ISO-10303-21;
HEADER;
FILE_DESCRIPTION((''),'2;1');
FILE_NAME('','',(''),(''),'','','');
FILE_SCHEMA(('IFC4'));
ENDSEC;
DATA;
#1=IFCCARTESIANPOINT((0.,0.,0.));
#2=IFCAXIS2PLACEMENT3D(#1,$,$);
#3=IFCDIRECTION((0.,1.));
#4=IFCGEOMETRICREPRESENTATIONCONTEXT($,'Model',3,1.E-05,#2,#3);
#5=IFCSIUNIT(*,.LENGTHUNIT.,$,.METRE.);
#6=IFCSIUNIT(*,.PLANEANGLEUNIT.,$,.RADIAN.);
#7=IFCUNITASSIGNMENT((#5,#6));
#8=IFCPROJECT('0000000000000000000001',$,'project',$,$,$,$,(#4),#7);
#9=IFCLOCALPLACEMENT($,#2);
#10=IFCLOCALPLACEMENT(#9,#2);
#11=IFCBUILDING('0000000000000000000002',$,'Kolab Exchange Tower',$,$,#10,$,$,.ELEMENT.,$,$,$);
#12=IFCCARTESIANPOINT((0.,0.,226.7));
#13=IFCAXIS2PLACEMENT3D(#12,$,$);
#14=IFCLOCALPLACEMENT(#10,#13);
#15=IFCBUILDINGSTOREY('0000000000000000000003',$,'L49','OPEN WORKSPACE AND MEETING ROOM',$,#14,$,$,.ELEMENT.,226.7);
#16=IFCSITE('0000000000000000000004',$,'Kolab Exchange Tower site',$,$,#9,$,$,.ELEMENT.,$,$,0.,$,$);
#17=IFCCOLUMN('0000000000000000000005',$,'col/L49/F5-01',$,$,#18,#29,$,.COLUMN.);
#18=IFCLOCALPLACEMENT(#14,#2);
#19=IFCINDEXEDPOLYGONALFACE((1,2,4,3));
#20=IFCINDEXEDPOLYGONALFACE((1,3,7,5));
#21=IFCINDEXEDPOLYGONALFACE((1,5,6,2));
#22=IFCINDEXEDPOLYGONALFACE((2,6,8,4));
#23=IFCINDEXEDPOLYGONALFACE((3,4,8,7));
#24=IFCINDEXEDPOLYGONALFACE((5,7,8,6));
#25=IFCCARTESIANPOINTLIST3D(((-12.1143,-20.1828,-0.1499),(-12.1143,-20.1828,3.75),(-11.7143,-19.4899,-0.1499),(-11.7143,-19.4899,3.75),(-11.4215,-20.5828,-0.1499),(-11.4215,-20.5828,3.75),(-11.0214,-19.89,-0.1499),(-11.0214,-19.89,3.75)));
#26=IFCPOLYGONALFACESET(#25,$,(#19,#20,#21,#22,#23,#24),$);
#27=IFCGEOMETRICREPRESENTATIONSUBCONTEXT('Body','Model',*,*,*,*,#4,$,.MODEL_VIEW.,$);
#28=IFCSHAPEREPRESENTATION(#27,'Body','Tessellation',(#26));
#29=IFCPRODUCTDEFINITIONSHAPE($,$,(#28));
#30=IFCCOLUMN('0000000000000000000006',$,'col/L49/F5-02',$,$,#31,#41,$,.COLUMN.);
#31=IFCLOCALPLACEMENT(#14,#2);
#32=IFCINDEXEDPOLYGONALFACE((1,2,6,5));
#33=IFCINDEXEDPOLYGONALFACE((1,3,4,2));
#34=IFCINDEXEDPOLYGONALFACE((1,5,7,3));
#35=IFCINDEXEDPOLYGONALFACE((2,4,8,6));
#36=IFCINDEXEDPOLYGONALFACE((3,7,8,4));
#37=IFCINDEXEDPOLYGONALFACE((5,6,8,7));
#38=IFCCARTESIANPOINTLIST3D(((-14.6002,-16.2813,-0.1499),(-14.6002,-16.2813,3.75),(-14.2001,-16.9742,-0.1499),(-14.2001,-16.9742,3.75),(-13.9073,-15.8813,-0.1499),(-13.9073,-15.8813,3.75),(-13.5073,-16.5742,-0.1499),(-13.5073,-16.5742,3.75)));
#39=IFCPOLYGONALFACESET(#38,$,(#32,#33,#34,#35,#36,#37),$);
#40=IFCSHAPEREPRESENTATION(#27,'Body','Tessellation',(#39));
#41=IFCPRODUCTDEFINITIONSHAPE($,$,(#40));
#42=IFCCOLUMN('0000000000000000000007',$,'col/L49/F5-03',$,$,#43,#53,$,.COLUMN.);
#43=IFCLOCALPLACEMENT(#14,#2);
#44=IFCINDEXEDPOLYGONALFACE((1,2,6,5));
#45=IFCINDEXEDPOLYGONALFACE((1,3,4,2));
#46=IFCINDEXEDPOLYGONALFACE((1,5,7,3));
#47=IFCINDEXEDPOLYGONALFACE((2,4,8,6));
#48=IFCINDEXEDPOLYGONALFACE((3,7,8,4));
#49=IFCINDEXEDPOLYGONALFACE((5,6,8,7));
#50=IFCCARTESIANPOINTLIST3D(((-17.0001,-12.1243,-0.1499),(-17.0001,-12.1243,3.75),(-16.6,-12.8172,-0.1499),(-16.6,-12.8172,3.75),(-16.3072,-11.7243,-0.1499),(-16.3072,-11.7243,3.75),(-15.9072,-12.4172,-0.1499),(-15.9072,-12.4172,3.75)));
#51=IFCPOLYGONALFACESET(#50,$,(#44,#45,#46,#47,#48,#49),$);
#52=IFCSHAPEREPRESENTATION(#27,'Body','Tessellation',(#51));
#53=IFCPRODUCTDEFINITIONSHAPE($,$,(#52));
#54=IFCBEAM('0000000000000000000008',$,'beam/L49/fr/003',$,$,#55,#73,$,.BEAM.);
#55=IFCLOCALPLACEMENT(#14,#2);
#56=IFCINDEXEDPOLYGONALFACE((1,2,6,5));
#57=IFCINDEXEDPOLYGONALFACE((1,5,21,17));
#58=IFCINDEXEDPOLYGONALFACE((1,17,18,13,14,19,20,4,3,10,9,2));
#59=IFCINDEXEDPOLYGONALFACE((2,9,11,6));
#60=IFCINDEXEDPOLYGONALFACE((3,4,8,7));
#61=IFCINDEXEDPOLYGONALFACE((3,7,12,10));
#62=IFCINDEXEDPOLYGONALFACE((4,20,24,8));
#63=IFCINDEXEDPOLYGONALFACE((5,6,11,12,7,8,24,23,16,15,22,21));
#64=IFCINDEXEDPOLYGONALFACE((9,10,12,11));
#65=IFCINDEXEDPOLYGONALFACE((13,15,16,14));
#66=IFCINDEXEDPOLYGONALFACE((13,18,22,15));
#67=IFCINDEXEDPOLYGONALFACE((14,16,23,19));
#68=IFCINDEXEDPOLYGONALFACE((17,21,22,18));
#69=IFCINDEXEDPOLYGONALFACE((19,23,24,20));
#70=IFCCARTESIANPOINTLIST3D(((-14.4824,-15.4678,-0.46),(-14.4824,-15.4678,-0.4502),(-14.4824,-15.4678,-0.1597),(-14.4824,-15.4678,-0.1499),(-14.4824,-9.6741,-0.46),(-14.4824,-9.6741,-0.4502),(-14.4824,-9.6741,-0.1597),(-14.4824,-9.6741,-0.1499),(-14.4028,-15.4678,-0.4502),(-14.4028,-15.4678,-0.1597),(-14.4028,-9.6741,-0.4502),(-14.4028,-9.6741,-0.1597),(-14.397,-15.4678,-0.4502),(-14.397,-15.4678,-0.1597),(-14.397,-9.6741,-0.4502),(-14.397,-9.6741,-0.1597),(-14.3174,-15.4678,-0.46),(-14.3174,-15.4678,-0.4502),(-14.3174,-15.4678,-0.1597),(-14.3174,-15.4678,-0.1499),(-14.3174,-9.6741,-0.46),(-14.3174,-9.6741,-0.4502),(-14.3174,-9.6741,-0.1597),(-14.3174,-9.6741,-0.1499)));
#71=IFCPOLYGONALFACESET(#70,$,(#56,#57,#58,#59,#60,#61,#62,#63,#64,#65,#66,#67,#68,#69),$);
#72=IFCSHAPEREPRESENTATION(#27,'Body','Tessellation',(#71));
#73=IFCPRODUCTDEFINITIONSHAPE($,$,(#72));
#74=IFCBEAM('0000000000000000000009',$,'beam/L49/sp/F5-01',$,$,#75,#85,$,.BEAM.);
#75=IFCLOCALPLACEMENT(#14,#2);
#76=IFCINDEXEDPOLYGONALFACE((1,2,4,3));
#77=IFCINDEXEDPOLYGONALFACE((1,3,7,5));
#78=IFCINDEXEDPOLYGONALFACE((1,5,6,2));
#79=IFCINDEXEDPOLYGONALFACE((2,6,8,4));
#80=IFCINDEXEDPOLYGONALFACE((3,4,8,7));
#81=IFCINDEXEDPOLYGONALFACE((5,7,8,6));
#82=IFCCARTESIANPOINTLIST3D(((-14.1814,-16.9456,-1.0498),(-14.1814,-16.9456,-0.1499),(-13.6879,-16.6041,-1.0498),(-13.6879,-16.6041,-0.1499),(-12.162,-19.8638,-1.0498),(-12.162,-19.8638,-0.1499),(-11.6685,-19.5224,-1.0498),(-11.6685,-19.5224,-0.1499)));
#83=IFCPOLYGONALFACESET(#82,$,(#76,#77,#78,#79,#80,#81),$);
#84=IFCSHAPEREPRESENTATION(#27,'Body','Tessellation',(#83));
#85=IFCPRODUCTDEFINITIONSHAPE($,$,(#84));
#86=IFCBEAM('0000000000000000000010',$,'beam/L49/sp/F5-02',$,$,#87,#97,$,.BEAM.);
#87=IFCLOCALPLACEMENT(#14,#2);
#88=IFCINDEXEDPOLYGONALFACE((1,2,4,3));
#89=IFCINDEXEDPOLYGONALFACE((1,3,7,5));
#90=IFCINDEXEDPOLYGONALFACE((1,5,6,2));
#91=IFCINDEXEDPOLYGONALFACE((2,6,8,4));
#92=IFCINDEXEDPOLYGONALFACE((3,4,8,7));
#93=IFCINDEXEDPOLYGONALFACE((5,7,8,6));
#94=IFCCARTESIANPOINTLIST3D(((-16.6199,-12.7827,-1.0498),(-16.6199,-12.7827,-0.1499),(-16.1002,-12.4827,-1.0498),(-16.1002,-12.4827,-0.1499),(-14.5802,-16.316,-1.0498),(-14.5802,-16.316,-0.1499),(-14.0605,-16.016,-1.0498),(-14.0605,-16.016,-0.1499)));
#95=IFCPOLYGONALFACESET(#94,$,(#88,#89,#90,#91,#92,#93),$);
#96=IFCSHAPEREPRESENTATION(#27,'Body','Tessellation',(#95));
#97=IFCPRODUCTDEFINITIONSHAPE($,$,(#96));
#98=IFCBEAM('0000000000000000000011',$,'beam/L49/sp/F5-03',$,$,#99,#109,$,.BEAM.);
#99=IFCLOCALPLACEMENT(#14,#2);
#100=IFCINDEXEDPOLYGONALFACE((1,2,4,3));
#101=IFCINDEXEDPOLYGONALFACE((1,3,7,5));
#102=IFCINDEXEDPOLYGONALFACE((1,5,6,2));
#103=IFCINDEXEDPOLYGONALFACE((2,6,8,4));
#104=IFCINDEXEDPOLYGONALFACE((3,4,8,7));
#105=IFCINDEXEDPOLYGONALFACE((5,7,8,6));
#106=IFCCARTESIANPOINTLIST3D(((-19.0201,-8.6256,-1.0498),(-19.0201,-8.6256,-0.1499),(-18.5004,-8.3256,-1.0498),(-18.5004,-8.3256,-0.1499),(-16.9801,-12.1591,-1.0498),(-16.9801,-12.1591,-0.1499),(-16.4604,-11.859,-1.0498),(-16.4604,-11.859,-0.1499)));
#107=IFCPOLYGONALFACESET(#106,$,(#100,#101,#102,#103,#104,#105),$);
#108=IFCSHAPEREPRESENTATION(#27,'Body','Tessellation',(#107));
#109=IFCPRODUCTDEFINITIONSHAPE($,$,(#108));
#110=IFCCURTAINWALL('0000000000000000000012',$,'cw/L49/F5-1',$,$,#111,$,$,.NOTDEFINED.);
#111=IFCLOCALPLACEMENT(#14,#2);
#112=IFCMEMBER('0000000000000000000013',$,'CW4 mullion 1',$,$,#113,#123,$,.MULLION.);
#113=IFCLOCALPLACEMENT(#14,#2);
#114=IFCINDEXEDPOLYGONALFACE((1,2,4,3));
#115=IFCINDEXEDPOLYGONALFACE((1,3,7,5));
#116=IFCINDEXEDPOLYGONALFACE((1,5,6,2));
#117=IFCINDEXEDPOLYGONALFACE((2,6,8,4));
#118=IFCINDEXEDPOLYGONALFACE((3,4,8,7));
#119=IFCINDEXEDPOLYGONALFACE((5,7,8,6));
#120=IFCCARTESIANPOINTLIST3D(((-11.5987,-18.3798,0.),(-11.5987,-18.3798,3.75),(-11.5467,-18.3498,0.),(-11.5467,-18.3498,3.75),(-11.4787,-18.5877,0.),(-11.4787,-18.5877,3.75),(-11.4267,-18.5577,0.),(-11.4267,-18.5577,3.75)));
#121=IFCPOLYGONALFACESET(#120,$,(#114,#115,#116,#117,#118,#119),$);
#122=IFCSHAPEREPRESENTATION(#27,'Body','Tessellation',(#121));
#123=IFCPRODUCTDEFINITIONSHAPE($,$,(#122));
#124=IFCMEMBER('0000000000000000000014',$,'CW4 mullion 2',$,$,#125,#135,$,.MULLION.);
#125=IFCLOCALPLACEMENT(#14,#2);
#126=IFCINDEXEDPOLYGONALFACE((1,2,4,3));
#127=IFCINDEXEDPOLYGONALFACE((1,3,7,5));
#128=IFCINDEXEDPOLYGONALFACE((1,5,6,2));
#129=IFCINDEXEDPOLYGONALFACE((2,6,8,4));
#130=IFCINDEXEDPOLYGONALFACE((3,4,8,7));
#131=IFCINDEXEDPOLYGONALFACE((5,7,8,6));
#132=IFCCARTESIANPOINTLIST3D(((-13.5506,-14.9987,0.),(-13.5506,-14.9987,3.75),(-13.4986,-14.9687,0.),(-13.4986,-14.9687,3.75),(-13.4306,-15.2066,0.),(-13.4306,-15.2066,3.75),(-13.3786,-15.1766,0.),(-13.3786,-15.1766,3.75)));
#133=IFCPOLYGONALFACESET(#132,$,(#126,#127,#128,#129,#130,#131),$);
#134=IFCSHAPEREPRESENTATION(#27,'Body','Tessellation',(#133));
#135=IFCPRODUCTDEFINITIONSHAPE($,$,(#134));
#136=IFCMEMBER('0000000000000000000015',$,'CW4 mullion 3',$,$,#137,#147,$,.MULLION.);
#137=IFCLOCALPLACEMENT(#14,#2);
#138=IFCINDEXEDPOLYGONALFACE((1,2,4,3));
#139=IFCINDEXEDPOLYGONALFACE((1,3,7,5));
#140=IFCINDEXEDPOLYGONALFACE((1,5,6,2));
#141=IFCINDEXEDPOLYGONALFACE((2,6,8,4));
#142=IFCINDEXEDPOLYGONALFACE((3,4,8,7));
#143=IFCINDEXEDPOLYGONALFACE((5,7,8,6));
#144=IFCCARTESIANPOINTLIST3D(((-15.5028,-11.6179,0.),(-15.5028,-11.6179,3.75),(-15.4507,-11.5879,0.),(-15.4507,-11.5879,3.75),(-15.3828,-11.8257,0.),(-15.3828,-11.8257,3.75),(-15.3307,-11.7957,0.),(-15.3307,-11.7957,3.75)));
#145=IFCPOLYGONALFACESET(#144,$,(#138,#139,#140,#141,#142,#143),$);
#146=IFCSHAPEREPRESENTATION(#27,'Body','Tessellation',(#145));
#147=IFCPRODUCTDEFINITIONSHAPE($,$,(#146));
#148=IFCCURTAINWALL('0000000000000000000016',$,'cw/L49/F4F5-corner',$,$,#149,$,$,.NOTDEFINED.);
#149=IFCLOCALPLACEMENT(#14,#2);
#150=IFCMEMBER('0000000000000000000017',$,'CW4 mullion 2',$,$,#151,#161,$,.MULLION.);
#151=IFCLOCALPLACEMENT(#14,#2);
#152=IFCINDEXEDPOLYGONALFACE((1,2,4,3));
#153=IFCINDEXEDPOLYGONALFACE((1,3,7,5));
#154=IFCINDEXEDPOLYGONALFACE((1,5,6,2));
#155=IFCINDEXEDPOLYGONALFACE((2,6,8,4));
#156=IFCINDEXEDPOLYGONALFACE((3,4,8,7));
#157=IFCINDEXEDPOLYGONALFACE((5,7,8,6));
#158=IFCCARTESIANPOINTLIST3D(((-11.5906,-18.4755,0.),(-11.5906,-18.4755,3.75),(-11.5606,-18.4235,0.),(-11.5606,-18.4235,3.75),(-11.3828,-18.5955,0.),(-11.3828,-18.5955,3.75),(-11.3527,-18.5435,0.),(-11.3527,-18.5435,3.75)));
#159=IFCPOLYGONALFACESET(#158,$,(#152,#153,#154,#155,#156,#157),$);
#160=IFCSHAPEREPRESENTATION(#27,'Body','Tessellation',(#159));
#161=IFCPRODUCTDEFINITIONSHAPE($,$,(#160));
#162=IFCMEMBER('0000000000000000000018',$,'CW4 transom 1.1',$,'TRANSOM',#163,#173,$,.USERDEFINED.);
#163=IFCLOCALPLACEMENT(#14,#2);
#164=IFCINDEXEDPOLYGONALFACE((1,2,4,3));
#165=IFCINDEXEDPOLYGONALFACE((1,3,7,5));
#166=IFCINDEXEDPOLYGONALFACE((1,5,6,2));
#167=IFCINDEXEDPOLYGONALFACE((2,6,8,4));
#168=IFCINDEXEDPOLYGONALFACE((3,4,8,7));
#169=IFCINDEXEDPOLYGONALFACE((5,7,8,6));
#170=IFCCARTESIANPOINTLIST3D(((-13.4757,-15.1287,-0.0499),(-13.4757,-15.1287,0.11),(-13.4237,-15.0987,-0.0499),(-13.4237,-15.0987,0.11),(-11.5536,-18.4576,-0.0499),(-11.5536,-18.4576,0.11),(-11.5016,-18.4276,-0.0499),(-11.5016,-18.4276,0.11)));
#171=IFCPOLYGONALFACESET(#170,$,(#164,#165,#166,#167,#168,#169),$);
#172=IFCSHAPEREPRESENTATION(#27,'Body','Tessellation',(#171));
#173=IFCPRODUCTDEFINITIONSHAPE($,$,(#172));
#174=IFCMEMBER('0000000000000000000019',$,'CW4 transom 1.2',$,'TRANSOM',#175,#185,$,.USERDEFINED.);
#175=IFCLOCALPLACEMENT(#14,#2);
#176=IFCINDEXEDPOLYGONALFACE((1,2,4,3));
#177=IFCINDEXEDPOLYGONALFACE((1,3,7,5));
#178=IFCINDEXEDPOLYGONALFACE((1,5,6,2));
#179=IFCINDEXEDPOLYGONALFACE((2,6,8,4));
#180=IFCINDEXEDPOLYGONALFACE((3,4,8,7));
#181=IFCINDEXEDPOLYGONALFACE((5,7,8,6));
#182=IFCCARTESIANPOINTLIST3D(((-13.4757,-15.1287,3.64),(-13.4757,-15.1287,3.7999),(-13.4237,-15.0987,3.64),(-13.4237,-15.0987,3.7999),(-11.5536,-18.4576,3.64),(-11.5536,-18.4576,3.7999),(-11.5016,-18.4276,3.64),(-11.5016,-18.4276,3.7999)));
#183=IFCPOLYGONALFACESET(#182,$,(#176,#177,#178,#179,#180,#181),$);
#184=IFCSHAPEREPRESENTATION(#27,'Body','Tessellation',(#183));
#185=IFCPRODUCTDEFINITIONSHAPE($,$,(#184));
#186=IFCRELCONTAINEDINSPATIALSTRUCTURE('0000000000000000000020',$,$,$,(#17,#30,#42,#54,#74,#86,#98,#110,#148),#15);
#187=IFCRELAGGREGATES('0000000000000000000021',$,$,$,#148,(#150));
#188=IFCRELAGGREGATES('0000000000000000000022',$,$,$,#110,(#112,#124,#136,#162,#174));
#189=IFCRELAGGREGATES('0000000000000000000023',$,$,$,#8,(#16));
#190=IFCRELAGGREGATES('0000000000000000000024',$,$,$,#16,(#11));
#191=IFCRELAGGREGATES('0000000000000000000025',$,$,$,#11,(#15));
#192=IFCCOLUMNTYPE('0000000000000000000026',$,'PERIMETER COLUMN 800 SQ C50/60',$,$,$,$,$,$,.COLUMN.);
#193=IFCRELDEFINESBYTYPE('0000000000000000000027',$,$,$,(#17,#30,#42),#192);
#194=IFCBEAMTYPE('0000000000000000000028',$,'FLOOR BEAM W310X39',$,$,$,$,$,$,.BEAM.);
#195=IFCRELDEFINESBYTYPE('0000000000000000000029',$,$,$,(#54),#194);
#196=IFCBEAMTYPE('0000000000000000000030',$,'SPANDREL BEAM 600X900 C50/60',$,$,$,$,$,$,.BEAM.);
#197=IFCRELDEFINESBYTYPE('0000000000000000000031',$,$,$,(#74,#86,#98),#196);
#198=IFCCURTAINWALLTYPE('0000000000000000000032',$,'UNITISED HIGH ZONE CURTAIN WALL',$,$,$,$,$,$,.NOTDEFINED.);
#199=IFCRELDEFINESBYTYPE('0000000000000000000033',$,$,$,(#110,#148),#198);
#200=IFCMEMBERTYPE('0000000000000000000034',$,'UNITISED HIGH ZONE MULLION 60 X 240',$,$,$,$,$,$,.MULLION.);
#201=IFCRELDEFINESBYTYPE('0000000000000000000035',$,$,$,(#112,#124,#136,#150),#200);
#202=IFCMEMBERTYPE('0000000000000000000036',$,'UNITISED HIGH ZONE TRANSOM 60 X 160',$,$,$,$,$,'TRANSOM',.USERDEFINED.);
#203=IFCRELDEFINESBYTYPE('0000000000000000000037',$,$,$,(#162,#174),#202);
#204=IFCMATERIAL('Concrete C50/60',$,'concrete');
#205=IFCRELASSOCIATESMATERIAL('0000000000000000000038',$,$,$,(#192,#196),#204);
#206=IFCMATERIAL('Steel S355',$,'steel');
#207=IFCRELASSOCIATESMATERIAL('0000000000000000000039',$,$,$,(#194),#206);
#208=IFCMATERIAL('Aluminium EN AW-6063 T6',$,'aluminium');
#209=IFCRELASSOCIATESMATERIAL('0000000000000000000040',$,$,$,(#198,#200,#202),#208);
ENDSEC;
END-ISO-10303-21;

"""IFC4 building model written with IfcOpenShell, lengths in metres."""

from ifc_helpers import new_model, si_unit, direction, frame, origin, origin_2d, place, context, subcontext, project, spatial, rectangle, i_section, extrude, material, material_profile, profile_set, type_object, element, aggregate, save


model = new_model("IFC4")

# Units and contexts
model_context = context("Model", 3, precision=1e-05, world=origin(), true_north=direction((0.0, 1.0)))
body_context = subcontext(model_context, "Body", "Model", "MODEL_VIEW")
ifc_project = project(units=[si_unit("LENGTHUNIT", "METRE"), si_unit("PLANEANGLEUNIT", "RADIAN")], contexts=[model_context])

# Site, building, storey
site_placement = place(None, origin())
site = spatial("IfcSite", under=ifc_project, at=site_placement, Name="Kolab Exchange Tower site", CompositionType="ELEMENT", RefElevation=0.0)
building_placement = place(site_placement, origin())
building = spatial("IfcBuilding", under=site, at=building_placement, Name="Kolab Exchange Tower", CompositionType="ELEMENT")
storey_placement = place(building_placement, frame((0.0, 0.0, 226.7)))
storey = spatial("IfcBuildingStorey", under=building, at=storey_placement, Name="L49", Description="OPEN WORKSPACE AND MEETING ROOM", CompositionType="ELEMENT", Elevation=226.7)

# Columns
ifc_material_1 = material(Name="Concrete C50/60", Category="concrete")
ifc_material_profile_1 = material_profile(ifc_material_1, rectangle(XDim=0.8, YDim=0.8, at=origin_2d()), Name="RC800")
ifc_profile_set_1 = profile_set([ifc_material_profile_1], Name="Concrete C50/60")
column_type = type_object("IfcColumnType", Name="PERIMETER COLUMN 800 SQ C50/60", PredefinedType="COLUMN", material=ifc_profile_set_1)
for number, where, z_axis, x_axis, name in (
    (1, (-11.5679, -20.0364, -0.1499), (0.0, 0.0, 1.0), (0.5, 0.866025, 0.0), "col/L49/F5-01"),
    (2, (-14.0537, -16.4277, -0.1499), (0.0, 0.0, 1.0), (0.866025, 0.5, 0.0), "col/L49/F5-02"),
    (3, (-16.4536, -12.2708, -0.1499), (0.0, 0.0, 1.0), (0.866025, 0.5, 0.0), "col/L49/F5-03"),
):
    element("IfcColumn", number, at=place(storey_placement, frame(where, z_axis=z_axis, x_axis=x_axis)), inside=storey, type_object=column_type, Name=name, PredefinedType="COLUMN", context=body_context, shape_type="SweptSolid", body=[
        extrude(rectangle(XDim=0.8, YDim=0.8, at=origin_2d()), origin(), (0.0, 0.0, 1.0), 3.8999),
    ])

# Beams
ifc_material_2 = material(Name="Steel S355", Category="steel")
ifc_material_profile_2 = material_profile(ifc_material_2, i_section(OverallWidth=0.165, OverallDepth=0.3101, WebThickness=0.0059, FlangeThickness=0.0098, at=origin_2d()), Name="W310X39")
ifc_profile_set_2 = profile_set([ifc_material_profile_2], Name="Steel S355")
beam_type_1 = type_object("IfcBeamType", Name="FLOOR BEAM W310X39", PredefinedType="BEAM", material=ifc_profile_set_2)
beam_1_placement = place(storey_placement, frame((-14.3999, -15.4678, -0.3049), z_axis=(0.0, 1.0, 0.0), x_axis=(-1.0, 0.0, 0.0)))
element("IfcBeam", 4, at=beam_1_placement, inside=storey, type_object=beam_type_1, Name="beam/L49/fr/003", PredefinedType="BEAM", context=body_context, shape_type="SweptSolid", body=[
    extrude(i_section(OverallWidth=0.165, OverallDepth=0.3101, WebThickness=0.0059, FlangeThickness=0.0098, at=origin_2d()), origin(), (0.0, 0.0, 1.0), 5.7937),
])
ifc_material_profile_3 = material_profile(ifc_material_1, rectangle(XDim=0.6001, YDim=0.8999, at=origin_2d()), Name="RC600X900")
ifc_profile_set_3 = profile_set([ifc_material_profile_3], Name="Concrete C50/60")
beam_type_2 = type_object("IfcBeamType", Name="SPANDREL BEAM 600X900 C50/60", PredefinedType="BEAM", material=ifc_profile_set_3)
beam_2_placement = place(storey_placement, frame((-11.9153, -19.6931, -0.5999), z_axis=(-0.569017, 0.822326, 0.0), x_axis=(-0.822326, -0.569017, 0.0)))
element("IfcBeam", 5, at=beam_2_placement, inside=storey, type_object=beam_type_2, Name="beam/L49/sp/F5-01", PredefinedType="BEAM", context=body_context, shape_type="SweptSolid", body=[
    extrude(rectangle(XDim=0.6001, YDim=0.8999, at=origin_2d()), origin(), (0.0, 0.0, 1.0), 3.5488),
])
beam_3_placement = place(storey_placement, frame((-14.3203, -16.166, -0.5999), z_axis=(-0.499956, 0.866051, 0.0), x_axis=(-0.866051, -0.499956, 0.0)))
element("IfcBeam", 6, at=beam_3_placement, inside=storey, type_object=beam_type_2, Name="beam/L49/sp/F5-02", PredefinedType="BEAM", context=body_context, shape_type="SweptSolid", body=[
    extrude(rectangle(XDim=0.6001, YDim=0.8999, at=origin_2d()), origin(), (0.0, 0.0, 1.0), 4.0798),
])
beam_4_placement = place(storey_placement, frame((-16.7202, -12.009, -0.5999), z_axis=(-0.5, 0.866025, 0.0), x_axis=(-0.866025, -0.5, 0.0)))
element("IfcBeam", 7, at=beam_4_placement, inside=storey, type_object=beam_type_2, Name="beam/L49/sp/F5-03", PredefinedType="BEAM", context=body_context, shape_type="SweptSolid", body=[
    extrude(rectangle(XDim=0.6001, YDim=0.8999, at=origin_2d()), origin(), (0.0, 0.0, 1.0), 4.0801),
])

# Curtain wall, members
ifc_material_3 = material(Name="Aluminium EN AW-6063 T6", Category="aluminium")
curtain_wall_type = type_object("IfcCurtainWallType", Name="UNITISED HIGH ZONE CURTAIN WALL", PredefinedType="NOTDEFINED", material=ifc_material_3)
curtain_wall_1_placement = place(storey_placement, origin())
curtain_wall_1 = element("IfcCurtainWall", 8, at=curtain_wall_1_placement, inside=storey, type_object=curtain_wall_type, Name="cw/L49/F5-1", PredefinedType="NOTDEFINED")
ifc_material_profile_4 = material_profile(ifc_material_3, rectangle(XDim=0.0601, YDim=0.24, at=origin_2d()), Name="RECT 60X240")
ifc_profile_set_4 = profile_set([ifc_material_profile_4], Name="Aluminium EN AW-6063 T6")
member_type_1 = type_object("IfcMemberType", Name="UNITISED HIGH ZONE MULLION 60 X 240", PredefinedType="MULLION", material=ifc_profile_set_4)
member_1_placement = place(storey_placement, frame((-11.5127, -18.4688, 0.0), z_axis=(0.0, 0.0, 1.0), x_axis=(-0.866025, -0.5, 0.0)))
member_1 = element("IfcMember", 9, at=member_1_placement, type_object=member_type_1, Name="CW4 mullion 1", PredefinedType="MULLION", context=body_context, shape_type="SweptSolid", body=[
    extrude(rectangle(XDim=0.0601, YDim=0.24, at=origin_2d()), origin(), (0.0, 0.0, 1.0), 3.75),
])
member_2_placement = place(storey_placement, frame((-13.4646, -15.0876, 0.0), z_axis=(0.0, 0.0, 1.0), x_axis=(-0.866025, -0.5, 0.0)))
member_2 = element("IfcMember", 10, at=member_2_placement, type_object=member_type_1, Name="CW4 mullion 2", PredefinedType="MULLION", context=body_context, shape_type="SweptSolid", body=[
    extrude(rectangle(XDim=0.0601, YDim=0.24, at=origin_2d()), origin(), (0.0, 0.0, 1.0), 3.75),
])
member_3_placement = place(storey_placement, frame((-15.4167, -11.7068, 0.0), z_axis=(0.0, 0.0, 1.0), x_axis=(-0.866025, -0.5, 0.0)))
member_3 = element("IfcMember", 11, at=member_3_placement, type_object=member_type_1, Name="CW4 mullion 3", PredefinedType="MULLION", context=body_context, shape_type="SweptSolid", body=[
    extrude(rectangle(XDim=0.0601, YDim=0.24, at=origin_2d()), origin(), (0.0, 0.0, 1.0), 3.75),
])

# Curtain wall, member
curtain_wall_2_placement = place(storey_placement, origin())
curtain_wall_2 = element("IfcCurtainWall", 12, at=curtain_wall_2_placement, inside=storey, type_object=curtain_wall_type, Name="cw/L49/F4F5-corner", PredefinedType="NOTDEFINED")
member_4_placement = place(storey_placement, frame((-11.4717, -18.5095, 0.0), z_axis=(0.0, 0.0, 1.0), x_axis=(-0.5, -0.866025, 0.0)))
member_4 = element("IfcMember", 13, at=member_4_placement, type_object=member_type_1, Name="CW4 mullion 2", PredefinedType="MULLION", context=body_context, shape_type="SweptSolid", body=[
    extrude(rectangle(XDim=0.0601, YDim=0.24, at=origin_2d()), origin(), (0.0, 0.0, 1.0), 3.75),
])
aggregate(curtain_wall_2, [member_4])

# Members
ifc_material_profile_5 = material_profile(ifc_material_3, rectangle(XDim=0.0601, YDim=0.1599, at=origin_2d()), Name="RECT 60X160")
ifc_profile_set_5 = profile_set([ifc_material_profile_5], Name="Aluminium EN AW-6063 T6")
member_type_2 = type_object("IfcMemberType", Name="UNITISED HIGH ZONE TRANSOM 60 X 160", ElementType="TRANSOM", PredefinedType="USERDEFINED", material=ifc_profile_set_5)
member_5_placement = place(storey_placement, frame((-11.5276, -18.4426, 0.03), z_axis=(-0.500039, 0.866003, 0.0), x_axis=(-0.866003, -0.500039, 0.0)))
member_5 = element("IfcMember", 14, at=member_5_placement, type_object=member_type_2, Name="CW4 transom 1.1", ObjectType="TRANSOM", PredefinedType="USERDEFINED", context=body_context, shape_type="SweptSolid", body=[
    extrude(rectangle(XDim=0.0601, YDim=0.1599, at=origin_2d()), origin(), (0.0, 0.0, 1.0), 3.844),
])
member_6_placement = place(storey_placement, frame((-11.5276, -18.4426, 3.72), z_axis=(-0.500039, 0.866003, 0.0), x_axis=(-0.866003, -0.500039, 0.0)))
member_6 = element("IfcMember", 15, at=member_6_placement, type_object=member_type_2, Name="CW4 transom 1.2", ObjectType="TRANSOM", PredefinedType="USERDEFINED", context=body_context, shape_type="SweptSolid", body=[
    extrude(rectangle(XDim=0.0601, YDim=0.1599, at=origin_2d()), origin(), (0.0, 0.0, 1.0), 3.844),
])

aggregate(curtain_wall_1, [member_1, member_2, member_3, member_5, member_6])

save(model, "model.ifc")
